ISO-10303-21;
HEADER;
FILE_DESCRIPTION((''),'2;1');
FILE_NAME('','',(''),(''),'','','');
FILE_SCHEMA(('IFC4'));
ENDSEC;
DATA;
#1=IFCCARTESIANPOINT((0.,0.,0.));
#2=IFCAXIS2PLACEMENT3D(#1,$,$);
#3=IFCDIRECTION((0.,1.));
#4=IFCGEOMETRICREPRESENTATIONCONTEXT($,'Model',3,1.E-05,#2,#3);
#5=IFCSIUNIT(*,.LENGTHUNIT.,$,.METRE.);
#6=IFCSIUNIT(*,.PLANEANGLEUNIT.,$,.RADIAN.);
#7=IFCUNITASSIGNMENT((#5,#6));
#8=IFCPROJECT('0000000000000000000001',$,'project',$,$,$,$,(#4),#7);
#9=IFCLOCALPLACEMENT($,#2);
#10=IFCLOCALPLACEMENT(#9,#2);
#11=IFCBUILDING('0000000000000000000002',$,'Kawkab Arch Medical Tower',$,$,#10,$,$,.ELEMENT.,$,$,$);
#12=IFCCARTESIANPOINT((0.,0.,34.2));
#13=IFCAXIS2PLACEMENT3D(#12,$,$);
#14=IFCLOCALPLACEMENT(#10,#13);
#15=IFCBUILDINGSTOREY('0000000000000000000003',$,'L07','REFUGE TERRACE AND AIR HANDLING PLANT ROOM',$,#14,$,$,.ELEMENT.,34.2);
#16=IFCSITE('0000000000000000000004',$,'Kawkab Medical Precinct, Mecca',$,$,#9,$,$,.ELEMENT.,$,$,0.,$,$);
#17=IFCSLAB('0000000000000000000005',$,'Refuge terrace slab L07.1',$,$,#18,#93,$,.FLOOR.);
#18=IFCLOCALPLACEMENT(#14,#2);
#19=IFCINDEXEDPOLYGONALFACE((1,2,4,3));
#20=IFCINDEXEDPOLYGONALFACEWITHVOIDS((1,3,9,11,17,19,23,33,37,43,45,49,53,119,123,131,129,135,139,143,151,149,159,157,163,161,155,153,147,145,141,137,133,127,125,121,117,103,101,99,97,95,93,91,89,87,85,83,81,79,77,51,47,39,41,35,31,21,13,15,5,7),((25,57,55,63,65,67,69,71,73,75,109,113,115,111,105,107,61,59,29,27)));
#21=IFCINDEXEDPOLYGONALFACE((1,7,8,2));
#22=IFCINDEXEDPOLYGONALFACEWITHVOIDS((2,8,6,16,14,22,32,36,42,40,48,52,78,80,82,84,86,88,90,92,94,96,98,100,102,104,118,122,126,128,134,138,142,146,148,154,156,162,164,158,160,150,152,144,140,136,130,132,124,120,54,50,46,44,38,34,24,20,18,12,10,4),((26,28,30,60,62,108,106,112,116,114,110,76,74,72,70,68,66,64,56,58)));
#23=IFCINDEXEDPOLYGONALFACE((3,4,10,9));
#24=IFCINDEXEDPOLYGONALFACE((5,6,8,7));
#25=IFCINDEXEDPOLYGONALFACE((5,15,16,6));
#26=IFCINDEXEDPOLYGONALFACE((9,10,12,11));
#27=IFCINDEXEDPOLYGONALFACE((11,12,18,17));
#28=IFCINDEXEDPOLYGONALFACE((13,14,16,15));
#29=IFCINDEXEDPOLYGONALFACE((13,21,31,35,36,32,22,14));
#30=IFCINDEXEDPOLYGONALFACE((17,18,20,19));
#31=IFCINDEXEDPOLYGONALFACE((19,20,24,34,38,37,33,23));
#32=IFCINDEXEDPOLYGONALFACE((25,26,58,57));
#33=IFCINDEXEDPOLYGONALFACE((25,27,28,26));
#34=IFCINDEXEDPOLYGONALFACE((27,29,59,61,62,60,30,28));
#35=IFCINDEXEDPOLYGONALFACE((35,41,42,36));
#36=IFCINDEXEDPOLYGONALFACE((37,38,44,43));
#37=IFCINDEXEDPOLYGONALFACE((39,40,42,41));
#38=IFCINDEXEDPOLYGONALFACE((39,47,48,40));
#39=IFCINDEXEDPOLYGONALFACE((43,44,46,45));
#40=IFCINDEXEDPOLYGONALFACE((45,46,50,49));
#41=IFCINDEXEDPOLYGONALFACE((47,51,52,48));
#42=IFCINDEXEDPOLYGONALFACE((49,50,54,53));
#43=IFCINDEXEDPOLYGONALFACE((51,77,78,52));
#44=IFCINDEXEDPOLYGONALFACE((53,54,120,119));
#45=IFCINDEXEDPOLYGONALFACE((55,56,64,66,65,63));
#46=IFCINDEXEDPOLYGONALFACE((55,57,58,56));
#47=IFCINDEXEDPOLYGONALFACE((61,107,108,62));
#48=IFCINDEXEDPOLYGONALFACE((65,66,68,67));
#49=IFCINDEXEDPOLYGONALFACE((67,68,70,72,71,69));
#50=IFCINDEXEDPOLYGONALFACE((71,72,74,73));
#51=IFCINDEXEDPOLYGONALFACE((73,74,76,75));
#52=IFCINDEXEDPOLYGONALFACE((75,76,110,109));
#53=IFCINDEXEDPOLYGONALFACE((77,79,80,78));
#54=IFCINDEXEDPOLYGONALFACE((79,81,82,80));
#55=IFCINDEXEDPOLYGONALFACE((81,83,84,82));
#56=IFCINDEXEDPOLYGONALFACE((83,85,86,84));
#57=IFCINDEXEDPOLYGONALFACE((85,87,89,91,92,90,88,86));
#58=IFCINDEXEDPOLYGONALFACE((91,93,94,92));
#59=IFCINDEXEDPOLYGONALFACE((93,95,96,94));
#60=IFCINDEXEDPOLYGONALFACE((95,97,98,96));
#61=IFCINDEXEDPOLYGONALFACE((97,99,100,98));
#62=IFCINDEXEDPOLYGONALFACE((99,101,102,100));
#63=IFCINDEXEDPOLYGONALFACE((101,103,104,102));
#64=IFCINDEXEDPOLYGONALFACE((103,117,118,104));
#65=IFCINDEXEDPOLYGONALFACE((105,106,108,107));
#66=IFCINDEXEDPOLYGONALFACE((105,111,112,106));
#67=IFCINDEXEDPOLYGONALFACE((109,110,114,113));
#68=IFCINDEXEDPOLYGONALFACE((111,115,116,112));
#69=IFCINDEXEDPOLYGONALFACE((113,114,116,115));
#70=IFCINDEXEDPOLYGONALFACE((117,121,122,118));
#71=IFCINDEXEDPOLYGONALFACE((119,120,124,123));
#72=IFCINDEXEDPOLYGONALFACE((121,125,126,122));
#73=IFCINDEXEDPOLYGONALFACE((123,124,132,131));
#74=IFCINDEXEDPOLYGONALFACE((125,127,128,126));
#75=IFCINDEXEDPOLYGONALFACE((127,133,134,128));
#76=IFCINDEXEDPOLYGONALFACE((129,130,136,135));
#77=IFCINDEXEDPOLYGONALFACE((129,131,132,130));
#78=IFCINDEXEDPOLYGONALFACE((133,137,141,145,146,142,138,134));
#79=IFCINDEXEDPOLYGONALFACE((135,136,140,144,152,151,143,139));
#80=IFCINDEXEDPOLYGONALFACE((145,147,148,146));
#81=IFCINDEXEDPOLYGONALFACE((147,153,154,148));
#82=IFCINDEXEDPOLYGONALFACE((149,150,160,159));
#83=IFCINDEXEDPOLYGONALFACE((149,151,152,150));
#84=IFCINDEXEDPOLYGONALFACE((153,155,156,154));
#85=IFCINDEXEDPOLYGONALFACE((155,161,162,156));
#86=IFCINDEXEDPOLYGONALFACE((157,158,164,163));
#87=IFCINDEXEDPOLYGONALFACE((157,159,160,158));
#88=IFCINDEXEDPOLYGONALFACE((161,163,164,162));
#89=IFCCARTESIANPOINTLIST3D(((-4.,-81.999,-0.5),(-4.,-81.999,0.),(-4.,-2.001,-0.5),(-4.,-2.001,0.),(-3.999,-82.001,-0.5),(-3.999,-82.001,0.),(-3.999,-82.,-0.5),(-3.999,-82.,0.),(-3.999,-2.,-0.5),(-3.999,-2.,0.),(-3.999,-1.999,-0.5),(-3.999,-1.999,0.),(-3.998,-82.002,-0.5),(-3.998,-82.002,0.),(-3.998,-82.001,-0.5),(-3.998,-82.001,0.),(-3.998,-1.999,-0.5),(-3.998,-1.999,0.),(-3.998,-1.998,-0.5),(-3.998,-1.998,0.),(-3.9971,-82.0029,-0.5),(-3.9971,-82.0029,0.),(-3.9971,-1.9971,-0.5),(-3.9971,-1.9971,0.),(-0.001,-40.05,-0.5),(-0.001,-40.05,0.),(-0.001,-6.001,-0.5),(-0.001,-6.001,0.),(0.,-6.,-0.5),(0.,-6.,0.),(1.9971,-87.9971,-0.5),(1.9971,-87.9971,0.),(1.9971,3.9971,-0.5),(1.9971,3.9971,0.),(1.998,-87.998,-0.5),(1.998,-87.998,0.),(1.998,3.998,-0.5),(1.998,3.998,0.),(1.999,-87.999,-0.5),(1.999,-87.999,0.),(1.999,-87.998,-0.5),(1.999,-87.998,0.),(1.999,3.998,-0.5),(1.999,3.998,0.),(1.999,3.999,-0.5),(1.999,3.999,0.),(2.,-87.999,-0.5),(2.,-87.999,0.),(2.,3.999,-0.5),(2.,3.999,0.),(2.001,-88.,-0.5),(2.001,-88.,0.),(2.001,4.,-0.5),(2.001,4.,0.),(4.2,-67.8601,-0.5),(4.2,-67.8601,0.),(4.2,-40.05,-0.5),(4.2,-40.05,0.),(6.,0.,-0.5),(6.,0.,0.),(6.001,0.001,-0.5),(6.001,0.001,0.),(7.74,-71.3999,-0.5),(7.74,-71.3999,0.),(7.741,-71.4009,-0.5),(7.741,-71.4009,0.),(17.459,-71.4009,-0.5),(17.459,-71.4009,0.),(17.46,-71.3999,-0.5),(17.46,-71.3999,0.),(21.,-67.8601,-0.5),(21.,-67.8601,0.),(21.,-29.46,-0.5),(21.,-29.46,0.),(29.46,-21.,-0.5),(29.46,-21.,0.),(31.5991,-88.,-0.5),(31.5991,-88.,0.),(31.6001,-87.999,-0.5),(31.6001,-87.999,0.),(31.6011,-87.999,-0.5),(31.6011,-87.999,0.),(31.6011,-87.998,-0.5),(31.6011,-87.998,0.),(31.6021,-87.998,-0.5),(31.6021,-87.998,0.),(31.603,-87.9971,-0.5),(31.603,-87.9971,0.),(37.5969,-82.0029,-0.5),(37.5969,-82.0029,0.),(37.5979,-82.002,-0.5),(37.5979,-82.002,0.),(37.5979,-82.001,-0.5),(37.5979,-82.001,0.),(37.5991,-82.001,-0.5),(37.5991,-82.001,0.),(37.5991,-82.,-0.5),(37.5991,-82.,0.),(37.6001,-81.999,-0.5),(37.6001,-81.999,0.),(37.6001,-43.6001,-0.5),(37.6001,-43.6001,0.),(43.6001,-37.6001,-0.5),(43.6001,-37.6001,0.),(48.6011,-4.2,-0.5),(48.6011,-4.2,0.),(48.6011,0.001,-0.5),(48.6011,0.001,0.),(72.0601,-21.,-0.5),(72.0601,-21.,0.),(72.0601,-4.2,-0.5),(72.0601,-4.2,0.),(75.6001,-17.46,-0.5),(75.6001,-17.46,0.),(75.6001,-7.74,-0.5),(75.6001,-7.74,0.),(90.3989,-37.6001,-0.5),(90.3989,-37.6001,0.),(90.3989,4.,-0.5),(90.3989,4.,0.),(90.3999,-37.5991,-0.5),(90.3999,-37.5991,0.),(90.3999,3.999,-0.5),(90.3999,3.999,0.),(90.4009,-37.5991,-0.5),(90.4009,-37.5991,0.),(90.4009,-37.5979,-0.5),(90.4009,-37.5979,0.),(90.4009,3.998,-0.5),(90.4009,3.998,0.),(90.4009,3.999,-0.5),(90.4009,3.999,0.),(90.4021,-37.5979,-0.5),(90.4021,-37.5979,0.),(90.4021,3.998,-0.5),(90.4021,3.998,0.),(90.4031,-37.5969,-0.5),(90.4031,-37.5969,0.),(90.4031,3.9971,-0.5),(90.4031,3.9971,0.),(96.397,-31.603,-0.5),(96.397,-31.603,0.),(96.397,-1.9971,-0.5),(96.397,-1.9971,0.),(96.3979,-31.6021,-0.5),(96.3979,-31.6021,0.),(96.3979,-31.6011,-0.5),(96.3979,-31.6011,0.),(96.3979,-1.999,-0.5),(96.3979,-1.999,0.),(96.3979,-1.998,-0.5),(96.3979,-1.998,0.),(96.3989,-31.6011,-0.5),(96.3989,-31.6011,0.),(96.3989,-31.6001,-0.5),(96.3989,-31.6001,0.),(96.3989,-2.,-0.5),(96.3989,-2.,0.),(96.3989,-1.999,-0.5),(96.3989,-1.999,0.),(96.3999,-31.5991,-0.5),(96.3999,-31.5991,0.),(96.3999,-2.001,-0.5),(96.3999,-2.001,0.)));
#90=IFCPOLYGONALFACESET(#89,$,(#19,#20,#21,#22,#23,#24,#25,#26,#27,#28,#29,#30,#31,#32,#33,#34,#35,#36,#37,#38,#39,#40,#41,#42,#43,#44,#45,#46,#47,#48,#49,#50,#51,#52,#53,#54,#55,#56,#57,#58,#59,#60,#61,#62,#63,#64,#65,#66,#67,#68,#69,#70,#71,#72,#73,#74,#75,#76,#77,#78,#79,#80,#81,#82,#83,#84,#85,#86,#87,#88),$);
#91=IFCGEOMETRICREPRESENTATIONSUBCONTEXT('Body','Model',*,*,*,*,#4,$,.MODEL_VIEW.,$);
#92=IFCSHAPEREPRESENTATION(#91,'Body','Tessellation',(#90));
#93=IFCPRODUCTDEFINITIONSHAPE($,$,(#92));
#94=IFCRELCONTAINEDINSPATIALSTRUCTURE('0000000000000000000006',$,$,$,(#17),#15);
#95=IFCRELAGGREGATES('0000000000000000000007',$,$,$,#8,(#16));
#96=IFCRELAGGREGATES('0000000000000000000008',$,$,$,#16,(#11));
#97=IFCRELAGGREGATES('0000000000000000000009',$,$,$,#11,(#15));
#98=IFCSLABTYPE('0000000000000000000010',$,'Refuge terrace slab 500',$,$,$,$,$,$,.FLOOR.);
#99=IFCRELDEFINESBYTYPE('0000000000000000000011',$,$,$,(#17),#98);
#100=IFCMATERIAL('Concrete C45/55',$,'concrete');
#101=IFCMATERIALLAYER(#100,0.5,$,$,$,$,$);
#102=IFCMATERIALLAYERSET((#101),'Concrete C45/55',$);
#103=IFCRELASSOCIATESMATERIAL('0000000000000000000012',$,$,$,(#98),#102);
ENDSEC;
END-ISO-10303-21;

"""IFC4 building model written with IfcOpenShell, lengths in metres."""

from ifc_helpers import new_model, si_unit, direction, frame, origin, place, context, subcontext, project, spatial, polyline, outline, extrude, material, layer, layer_set, type_object, element, save


model = new_model("IFC4")

# Units and contexts
model_context = context("Model", 3, precision=1e-05, world=origin(), true_north=direction((0.0, 1.0)))
body_context = subcontext(model_context, "Body", "Model", "MODEL_VIEW")
ifc_project = project(units=[si_unit("LENGTHUNIT", "METRE"), si_unit("PLANEANGLEUNIT", "RADIAN")], contexts=[model_context])

# Site, building, storey
site_placement = place(None, origin())
site = spatial("IfcSite", under=ifc_project, at=site_placement, Name="Kawkab Medical Precinct, Mecca", CompositionType="ELEMENT", RefElevation=0.0)
building_placement = place(site_placement, origin())
building = spatial("IfcBuilding", under=site, at=building_placement, Name="Kawkab Arch Medical Tower", CompositionType="ELEMENT")
storey_placement = place(building_placement, frame((0.0, 0.0, 34.2)))
storey = spatial("IfcBuildingStorey", under=building, at=storey_placement, Name="L07", Description="REFUGE TERRACE AND AIR HANDLING PLANT ROOM", CompositionType="ELEMENT", Elevation=34.2)

# Slab
ifc_material_1 = material(Name="Concrete C45/55", Category="concrete")
ifc_layer_1 = layer(ifc_material_1, 0.5)
ifc_layer_set_1 = layer_set([ifc_layer_1], Name="Concrete C45/55")
slab_type_1 = type_object("IfcSlabType", Name="Refuge terrace slab 500", PredefinedType="FLOOR", material=ifc_layer_set_1)
placement = place(storey_placement, frame((0.0, 0.0, -0.5)))
element("IfcSlab", 1, at=placement, inside=storey, type_object=slab_type_1, Name="Refuge terrace slab L07.1", PredefinedType="FLOOR", context=body_context, shape_type="SweptSolid", body=[
    extrude(outline(polyline([(-4.0, -81.999), (-4.0, -81.999), (-4.0, -2.001), (-4.0, -2.001), (-4.0, -2.001), (-3.999, -2.0), (-3.999, -1.999), (-3.998, -1.999), (-3.998, -1.998), (-3.998, -1.998), (-3.9971, -1.9971), (1.9971, 3.9971), (1.998, 3.998), (1.998, 3.998), (1.999, 3.998), (1.999, 3.999), (2.0, 3.999), (2.001, 4.0), (2.001, 4.0), (2.001, 4.0), (90.3989, 4.0), (90.3989, 4.0), (90.3989, 4.0), (90.3999, 3.999), (90.4009, 3.999), (90.4009, 3.998), (90.4021, 3.998), (90.4021, 3.998), (90.4031, 3.9971), (96.397, -1.9971), (96.3979, -1.998), (96.3979, -1.998), (96.3979, -1.999), (96.3989, -1.999), (96.3989, -2.0), (96.3999, -2.001), (96.3999, -2.001), (96.3999, -2.001), (96.3999, -31.5991), (96.3999, -31.5991), (96.3999, -31.5991), (96.3989, -31.6001), (96.3989, -31.6011), (96.3979, -31.6011), (96.3979, -31.6021), (96.3979, -31.6021), (96.397, -31.603), (90.4031, -37.5969), (90.4021, -37.5979), (90.4021, -37.5979), (90.4009, -37.5979), (90.4009, -37.5991), (90.3999, -37.5991), (90.3989, -37.6001), (90.3989, -37.6001), (90.3989, -37.6001), (43.6001, -37.6001), (37.6001, -43.6001), (37.6001, -81.999), (37.6001, -81.999), (37.6001, -81.999), (37.5991, -82.0), (37.5991, -82.001), (37.5979, -82.001), (37.5979, -82.002), (37.5979, -82.002), (37.5969, -82.0029), (31.603, -87.9971), (31.6021, -87.998), (31.6021, -87.998), (31.6011, -87.998), (31.6011, -87.999), (31.6001, -87.999), (31.5991, -88.0), (31.5991, -88.0), (31.5991, -88.0), (2.001, -88.0), (2.001, -88.0), (2.001, -88.0), (2.0, -87.999), (1.999, -87.999), (1.999, -87.998), (1.998, -87.998), (1.998, -87.998), (1.9971, -87.9971), (-3.9971, -82.0029), (-3.998, -82.002), (-3.998, -82.002), (-3.998, -82.001), (-3.999, -82.001), (-3.999, -82.0), (-4.0, -81.999), (-4.0, -81.999)]), holes=[polyline([(4.2, -40.05), (4.2, -40.05), (4.2, -67.8601), (7.74, -71.3999), (7.741, -71.4009), (17.459, -71.4009), (17.46, -71.3999), (21.0, -67.8601), (21.0, -29.46), (21.0, -29.46), (21.0, -29.46), (29.46, -21.0), (29.46, -21.0), (29.46, -21.0), (72.0601, -21.0), (75.6001, -17.46), (75.6001, -7.74), (72.0601, -4.2), (48.6011, -4.2), (48.6011, -4.2), (48.6011, -4.2), (48.6011, 0.001), (6.001, 0.001), (6.0, 0.0), (0.0, -6.0), (-0.001, -6.001), (-0.001, -40.05), (4.2, -40.05), (4.2, -40.05)])]), origin(), (0.0, 0.0, 1.0), 0.5),
])

save(model, "model.ifc")
